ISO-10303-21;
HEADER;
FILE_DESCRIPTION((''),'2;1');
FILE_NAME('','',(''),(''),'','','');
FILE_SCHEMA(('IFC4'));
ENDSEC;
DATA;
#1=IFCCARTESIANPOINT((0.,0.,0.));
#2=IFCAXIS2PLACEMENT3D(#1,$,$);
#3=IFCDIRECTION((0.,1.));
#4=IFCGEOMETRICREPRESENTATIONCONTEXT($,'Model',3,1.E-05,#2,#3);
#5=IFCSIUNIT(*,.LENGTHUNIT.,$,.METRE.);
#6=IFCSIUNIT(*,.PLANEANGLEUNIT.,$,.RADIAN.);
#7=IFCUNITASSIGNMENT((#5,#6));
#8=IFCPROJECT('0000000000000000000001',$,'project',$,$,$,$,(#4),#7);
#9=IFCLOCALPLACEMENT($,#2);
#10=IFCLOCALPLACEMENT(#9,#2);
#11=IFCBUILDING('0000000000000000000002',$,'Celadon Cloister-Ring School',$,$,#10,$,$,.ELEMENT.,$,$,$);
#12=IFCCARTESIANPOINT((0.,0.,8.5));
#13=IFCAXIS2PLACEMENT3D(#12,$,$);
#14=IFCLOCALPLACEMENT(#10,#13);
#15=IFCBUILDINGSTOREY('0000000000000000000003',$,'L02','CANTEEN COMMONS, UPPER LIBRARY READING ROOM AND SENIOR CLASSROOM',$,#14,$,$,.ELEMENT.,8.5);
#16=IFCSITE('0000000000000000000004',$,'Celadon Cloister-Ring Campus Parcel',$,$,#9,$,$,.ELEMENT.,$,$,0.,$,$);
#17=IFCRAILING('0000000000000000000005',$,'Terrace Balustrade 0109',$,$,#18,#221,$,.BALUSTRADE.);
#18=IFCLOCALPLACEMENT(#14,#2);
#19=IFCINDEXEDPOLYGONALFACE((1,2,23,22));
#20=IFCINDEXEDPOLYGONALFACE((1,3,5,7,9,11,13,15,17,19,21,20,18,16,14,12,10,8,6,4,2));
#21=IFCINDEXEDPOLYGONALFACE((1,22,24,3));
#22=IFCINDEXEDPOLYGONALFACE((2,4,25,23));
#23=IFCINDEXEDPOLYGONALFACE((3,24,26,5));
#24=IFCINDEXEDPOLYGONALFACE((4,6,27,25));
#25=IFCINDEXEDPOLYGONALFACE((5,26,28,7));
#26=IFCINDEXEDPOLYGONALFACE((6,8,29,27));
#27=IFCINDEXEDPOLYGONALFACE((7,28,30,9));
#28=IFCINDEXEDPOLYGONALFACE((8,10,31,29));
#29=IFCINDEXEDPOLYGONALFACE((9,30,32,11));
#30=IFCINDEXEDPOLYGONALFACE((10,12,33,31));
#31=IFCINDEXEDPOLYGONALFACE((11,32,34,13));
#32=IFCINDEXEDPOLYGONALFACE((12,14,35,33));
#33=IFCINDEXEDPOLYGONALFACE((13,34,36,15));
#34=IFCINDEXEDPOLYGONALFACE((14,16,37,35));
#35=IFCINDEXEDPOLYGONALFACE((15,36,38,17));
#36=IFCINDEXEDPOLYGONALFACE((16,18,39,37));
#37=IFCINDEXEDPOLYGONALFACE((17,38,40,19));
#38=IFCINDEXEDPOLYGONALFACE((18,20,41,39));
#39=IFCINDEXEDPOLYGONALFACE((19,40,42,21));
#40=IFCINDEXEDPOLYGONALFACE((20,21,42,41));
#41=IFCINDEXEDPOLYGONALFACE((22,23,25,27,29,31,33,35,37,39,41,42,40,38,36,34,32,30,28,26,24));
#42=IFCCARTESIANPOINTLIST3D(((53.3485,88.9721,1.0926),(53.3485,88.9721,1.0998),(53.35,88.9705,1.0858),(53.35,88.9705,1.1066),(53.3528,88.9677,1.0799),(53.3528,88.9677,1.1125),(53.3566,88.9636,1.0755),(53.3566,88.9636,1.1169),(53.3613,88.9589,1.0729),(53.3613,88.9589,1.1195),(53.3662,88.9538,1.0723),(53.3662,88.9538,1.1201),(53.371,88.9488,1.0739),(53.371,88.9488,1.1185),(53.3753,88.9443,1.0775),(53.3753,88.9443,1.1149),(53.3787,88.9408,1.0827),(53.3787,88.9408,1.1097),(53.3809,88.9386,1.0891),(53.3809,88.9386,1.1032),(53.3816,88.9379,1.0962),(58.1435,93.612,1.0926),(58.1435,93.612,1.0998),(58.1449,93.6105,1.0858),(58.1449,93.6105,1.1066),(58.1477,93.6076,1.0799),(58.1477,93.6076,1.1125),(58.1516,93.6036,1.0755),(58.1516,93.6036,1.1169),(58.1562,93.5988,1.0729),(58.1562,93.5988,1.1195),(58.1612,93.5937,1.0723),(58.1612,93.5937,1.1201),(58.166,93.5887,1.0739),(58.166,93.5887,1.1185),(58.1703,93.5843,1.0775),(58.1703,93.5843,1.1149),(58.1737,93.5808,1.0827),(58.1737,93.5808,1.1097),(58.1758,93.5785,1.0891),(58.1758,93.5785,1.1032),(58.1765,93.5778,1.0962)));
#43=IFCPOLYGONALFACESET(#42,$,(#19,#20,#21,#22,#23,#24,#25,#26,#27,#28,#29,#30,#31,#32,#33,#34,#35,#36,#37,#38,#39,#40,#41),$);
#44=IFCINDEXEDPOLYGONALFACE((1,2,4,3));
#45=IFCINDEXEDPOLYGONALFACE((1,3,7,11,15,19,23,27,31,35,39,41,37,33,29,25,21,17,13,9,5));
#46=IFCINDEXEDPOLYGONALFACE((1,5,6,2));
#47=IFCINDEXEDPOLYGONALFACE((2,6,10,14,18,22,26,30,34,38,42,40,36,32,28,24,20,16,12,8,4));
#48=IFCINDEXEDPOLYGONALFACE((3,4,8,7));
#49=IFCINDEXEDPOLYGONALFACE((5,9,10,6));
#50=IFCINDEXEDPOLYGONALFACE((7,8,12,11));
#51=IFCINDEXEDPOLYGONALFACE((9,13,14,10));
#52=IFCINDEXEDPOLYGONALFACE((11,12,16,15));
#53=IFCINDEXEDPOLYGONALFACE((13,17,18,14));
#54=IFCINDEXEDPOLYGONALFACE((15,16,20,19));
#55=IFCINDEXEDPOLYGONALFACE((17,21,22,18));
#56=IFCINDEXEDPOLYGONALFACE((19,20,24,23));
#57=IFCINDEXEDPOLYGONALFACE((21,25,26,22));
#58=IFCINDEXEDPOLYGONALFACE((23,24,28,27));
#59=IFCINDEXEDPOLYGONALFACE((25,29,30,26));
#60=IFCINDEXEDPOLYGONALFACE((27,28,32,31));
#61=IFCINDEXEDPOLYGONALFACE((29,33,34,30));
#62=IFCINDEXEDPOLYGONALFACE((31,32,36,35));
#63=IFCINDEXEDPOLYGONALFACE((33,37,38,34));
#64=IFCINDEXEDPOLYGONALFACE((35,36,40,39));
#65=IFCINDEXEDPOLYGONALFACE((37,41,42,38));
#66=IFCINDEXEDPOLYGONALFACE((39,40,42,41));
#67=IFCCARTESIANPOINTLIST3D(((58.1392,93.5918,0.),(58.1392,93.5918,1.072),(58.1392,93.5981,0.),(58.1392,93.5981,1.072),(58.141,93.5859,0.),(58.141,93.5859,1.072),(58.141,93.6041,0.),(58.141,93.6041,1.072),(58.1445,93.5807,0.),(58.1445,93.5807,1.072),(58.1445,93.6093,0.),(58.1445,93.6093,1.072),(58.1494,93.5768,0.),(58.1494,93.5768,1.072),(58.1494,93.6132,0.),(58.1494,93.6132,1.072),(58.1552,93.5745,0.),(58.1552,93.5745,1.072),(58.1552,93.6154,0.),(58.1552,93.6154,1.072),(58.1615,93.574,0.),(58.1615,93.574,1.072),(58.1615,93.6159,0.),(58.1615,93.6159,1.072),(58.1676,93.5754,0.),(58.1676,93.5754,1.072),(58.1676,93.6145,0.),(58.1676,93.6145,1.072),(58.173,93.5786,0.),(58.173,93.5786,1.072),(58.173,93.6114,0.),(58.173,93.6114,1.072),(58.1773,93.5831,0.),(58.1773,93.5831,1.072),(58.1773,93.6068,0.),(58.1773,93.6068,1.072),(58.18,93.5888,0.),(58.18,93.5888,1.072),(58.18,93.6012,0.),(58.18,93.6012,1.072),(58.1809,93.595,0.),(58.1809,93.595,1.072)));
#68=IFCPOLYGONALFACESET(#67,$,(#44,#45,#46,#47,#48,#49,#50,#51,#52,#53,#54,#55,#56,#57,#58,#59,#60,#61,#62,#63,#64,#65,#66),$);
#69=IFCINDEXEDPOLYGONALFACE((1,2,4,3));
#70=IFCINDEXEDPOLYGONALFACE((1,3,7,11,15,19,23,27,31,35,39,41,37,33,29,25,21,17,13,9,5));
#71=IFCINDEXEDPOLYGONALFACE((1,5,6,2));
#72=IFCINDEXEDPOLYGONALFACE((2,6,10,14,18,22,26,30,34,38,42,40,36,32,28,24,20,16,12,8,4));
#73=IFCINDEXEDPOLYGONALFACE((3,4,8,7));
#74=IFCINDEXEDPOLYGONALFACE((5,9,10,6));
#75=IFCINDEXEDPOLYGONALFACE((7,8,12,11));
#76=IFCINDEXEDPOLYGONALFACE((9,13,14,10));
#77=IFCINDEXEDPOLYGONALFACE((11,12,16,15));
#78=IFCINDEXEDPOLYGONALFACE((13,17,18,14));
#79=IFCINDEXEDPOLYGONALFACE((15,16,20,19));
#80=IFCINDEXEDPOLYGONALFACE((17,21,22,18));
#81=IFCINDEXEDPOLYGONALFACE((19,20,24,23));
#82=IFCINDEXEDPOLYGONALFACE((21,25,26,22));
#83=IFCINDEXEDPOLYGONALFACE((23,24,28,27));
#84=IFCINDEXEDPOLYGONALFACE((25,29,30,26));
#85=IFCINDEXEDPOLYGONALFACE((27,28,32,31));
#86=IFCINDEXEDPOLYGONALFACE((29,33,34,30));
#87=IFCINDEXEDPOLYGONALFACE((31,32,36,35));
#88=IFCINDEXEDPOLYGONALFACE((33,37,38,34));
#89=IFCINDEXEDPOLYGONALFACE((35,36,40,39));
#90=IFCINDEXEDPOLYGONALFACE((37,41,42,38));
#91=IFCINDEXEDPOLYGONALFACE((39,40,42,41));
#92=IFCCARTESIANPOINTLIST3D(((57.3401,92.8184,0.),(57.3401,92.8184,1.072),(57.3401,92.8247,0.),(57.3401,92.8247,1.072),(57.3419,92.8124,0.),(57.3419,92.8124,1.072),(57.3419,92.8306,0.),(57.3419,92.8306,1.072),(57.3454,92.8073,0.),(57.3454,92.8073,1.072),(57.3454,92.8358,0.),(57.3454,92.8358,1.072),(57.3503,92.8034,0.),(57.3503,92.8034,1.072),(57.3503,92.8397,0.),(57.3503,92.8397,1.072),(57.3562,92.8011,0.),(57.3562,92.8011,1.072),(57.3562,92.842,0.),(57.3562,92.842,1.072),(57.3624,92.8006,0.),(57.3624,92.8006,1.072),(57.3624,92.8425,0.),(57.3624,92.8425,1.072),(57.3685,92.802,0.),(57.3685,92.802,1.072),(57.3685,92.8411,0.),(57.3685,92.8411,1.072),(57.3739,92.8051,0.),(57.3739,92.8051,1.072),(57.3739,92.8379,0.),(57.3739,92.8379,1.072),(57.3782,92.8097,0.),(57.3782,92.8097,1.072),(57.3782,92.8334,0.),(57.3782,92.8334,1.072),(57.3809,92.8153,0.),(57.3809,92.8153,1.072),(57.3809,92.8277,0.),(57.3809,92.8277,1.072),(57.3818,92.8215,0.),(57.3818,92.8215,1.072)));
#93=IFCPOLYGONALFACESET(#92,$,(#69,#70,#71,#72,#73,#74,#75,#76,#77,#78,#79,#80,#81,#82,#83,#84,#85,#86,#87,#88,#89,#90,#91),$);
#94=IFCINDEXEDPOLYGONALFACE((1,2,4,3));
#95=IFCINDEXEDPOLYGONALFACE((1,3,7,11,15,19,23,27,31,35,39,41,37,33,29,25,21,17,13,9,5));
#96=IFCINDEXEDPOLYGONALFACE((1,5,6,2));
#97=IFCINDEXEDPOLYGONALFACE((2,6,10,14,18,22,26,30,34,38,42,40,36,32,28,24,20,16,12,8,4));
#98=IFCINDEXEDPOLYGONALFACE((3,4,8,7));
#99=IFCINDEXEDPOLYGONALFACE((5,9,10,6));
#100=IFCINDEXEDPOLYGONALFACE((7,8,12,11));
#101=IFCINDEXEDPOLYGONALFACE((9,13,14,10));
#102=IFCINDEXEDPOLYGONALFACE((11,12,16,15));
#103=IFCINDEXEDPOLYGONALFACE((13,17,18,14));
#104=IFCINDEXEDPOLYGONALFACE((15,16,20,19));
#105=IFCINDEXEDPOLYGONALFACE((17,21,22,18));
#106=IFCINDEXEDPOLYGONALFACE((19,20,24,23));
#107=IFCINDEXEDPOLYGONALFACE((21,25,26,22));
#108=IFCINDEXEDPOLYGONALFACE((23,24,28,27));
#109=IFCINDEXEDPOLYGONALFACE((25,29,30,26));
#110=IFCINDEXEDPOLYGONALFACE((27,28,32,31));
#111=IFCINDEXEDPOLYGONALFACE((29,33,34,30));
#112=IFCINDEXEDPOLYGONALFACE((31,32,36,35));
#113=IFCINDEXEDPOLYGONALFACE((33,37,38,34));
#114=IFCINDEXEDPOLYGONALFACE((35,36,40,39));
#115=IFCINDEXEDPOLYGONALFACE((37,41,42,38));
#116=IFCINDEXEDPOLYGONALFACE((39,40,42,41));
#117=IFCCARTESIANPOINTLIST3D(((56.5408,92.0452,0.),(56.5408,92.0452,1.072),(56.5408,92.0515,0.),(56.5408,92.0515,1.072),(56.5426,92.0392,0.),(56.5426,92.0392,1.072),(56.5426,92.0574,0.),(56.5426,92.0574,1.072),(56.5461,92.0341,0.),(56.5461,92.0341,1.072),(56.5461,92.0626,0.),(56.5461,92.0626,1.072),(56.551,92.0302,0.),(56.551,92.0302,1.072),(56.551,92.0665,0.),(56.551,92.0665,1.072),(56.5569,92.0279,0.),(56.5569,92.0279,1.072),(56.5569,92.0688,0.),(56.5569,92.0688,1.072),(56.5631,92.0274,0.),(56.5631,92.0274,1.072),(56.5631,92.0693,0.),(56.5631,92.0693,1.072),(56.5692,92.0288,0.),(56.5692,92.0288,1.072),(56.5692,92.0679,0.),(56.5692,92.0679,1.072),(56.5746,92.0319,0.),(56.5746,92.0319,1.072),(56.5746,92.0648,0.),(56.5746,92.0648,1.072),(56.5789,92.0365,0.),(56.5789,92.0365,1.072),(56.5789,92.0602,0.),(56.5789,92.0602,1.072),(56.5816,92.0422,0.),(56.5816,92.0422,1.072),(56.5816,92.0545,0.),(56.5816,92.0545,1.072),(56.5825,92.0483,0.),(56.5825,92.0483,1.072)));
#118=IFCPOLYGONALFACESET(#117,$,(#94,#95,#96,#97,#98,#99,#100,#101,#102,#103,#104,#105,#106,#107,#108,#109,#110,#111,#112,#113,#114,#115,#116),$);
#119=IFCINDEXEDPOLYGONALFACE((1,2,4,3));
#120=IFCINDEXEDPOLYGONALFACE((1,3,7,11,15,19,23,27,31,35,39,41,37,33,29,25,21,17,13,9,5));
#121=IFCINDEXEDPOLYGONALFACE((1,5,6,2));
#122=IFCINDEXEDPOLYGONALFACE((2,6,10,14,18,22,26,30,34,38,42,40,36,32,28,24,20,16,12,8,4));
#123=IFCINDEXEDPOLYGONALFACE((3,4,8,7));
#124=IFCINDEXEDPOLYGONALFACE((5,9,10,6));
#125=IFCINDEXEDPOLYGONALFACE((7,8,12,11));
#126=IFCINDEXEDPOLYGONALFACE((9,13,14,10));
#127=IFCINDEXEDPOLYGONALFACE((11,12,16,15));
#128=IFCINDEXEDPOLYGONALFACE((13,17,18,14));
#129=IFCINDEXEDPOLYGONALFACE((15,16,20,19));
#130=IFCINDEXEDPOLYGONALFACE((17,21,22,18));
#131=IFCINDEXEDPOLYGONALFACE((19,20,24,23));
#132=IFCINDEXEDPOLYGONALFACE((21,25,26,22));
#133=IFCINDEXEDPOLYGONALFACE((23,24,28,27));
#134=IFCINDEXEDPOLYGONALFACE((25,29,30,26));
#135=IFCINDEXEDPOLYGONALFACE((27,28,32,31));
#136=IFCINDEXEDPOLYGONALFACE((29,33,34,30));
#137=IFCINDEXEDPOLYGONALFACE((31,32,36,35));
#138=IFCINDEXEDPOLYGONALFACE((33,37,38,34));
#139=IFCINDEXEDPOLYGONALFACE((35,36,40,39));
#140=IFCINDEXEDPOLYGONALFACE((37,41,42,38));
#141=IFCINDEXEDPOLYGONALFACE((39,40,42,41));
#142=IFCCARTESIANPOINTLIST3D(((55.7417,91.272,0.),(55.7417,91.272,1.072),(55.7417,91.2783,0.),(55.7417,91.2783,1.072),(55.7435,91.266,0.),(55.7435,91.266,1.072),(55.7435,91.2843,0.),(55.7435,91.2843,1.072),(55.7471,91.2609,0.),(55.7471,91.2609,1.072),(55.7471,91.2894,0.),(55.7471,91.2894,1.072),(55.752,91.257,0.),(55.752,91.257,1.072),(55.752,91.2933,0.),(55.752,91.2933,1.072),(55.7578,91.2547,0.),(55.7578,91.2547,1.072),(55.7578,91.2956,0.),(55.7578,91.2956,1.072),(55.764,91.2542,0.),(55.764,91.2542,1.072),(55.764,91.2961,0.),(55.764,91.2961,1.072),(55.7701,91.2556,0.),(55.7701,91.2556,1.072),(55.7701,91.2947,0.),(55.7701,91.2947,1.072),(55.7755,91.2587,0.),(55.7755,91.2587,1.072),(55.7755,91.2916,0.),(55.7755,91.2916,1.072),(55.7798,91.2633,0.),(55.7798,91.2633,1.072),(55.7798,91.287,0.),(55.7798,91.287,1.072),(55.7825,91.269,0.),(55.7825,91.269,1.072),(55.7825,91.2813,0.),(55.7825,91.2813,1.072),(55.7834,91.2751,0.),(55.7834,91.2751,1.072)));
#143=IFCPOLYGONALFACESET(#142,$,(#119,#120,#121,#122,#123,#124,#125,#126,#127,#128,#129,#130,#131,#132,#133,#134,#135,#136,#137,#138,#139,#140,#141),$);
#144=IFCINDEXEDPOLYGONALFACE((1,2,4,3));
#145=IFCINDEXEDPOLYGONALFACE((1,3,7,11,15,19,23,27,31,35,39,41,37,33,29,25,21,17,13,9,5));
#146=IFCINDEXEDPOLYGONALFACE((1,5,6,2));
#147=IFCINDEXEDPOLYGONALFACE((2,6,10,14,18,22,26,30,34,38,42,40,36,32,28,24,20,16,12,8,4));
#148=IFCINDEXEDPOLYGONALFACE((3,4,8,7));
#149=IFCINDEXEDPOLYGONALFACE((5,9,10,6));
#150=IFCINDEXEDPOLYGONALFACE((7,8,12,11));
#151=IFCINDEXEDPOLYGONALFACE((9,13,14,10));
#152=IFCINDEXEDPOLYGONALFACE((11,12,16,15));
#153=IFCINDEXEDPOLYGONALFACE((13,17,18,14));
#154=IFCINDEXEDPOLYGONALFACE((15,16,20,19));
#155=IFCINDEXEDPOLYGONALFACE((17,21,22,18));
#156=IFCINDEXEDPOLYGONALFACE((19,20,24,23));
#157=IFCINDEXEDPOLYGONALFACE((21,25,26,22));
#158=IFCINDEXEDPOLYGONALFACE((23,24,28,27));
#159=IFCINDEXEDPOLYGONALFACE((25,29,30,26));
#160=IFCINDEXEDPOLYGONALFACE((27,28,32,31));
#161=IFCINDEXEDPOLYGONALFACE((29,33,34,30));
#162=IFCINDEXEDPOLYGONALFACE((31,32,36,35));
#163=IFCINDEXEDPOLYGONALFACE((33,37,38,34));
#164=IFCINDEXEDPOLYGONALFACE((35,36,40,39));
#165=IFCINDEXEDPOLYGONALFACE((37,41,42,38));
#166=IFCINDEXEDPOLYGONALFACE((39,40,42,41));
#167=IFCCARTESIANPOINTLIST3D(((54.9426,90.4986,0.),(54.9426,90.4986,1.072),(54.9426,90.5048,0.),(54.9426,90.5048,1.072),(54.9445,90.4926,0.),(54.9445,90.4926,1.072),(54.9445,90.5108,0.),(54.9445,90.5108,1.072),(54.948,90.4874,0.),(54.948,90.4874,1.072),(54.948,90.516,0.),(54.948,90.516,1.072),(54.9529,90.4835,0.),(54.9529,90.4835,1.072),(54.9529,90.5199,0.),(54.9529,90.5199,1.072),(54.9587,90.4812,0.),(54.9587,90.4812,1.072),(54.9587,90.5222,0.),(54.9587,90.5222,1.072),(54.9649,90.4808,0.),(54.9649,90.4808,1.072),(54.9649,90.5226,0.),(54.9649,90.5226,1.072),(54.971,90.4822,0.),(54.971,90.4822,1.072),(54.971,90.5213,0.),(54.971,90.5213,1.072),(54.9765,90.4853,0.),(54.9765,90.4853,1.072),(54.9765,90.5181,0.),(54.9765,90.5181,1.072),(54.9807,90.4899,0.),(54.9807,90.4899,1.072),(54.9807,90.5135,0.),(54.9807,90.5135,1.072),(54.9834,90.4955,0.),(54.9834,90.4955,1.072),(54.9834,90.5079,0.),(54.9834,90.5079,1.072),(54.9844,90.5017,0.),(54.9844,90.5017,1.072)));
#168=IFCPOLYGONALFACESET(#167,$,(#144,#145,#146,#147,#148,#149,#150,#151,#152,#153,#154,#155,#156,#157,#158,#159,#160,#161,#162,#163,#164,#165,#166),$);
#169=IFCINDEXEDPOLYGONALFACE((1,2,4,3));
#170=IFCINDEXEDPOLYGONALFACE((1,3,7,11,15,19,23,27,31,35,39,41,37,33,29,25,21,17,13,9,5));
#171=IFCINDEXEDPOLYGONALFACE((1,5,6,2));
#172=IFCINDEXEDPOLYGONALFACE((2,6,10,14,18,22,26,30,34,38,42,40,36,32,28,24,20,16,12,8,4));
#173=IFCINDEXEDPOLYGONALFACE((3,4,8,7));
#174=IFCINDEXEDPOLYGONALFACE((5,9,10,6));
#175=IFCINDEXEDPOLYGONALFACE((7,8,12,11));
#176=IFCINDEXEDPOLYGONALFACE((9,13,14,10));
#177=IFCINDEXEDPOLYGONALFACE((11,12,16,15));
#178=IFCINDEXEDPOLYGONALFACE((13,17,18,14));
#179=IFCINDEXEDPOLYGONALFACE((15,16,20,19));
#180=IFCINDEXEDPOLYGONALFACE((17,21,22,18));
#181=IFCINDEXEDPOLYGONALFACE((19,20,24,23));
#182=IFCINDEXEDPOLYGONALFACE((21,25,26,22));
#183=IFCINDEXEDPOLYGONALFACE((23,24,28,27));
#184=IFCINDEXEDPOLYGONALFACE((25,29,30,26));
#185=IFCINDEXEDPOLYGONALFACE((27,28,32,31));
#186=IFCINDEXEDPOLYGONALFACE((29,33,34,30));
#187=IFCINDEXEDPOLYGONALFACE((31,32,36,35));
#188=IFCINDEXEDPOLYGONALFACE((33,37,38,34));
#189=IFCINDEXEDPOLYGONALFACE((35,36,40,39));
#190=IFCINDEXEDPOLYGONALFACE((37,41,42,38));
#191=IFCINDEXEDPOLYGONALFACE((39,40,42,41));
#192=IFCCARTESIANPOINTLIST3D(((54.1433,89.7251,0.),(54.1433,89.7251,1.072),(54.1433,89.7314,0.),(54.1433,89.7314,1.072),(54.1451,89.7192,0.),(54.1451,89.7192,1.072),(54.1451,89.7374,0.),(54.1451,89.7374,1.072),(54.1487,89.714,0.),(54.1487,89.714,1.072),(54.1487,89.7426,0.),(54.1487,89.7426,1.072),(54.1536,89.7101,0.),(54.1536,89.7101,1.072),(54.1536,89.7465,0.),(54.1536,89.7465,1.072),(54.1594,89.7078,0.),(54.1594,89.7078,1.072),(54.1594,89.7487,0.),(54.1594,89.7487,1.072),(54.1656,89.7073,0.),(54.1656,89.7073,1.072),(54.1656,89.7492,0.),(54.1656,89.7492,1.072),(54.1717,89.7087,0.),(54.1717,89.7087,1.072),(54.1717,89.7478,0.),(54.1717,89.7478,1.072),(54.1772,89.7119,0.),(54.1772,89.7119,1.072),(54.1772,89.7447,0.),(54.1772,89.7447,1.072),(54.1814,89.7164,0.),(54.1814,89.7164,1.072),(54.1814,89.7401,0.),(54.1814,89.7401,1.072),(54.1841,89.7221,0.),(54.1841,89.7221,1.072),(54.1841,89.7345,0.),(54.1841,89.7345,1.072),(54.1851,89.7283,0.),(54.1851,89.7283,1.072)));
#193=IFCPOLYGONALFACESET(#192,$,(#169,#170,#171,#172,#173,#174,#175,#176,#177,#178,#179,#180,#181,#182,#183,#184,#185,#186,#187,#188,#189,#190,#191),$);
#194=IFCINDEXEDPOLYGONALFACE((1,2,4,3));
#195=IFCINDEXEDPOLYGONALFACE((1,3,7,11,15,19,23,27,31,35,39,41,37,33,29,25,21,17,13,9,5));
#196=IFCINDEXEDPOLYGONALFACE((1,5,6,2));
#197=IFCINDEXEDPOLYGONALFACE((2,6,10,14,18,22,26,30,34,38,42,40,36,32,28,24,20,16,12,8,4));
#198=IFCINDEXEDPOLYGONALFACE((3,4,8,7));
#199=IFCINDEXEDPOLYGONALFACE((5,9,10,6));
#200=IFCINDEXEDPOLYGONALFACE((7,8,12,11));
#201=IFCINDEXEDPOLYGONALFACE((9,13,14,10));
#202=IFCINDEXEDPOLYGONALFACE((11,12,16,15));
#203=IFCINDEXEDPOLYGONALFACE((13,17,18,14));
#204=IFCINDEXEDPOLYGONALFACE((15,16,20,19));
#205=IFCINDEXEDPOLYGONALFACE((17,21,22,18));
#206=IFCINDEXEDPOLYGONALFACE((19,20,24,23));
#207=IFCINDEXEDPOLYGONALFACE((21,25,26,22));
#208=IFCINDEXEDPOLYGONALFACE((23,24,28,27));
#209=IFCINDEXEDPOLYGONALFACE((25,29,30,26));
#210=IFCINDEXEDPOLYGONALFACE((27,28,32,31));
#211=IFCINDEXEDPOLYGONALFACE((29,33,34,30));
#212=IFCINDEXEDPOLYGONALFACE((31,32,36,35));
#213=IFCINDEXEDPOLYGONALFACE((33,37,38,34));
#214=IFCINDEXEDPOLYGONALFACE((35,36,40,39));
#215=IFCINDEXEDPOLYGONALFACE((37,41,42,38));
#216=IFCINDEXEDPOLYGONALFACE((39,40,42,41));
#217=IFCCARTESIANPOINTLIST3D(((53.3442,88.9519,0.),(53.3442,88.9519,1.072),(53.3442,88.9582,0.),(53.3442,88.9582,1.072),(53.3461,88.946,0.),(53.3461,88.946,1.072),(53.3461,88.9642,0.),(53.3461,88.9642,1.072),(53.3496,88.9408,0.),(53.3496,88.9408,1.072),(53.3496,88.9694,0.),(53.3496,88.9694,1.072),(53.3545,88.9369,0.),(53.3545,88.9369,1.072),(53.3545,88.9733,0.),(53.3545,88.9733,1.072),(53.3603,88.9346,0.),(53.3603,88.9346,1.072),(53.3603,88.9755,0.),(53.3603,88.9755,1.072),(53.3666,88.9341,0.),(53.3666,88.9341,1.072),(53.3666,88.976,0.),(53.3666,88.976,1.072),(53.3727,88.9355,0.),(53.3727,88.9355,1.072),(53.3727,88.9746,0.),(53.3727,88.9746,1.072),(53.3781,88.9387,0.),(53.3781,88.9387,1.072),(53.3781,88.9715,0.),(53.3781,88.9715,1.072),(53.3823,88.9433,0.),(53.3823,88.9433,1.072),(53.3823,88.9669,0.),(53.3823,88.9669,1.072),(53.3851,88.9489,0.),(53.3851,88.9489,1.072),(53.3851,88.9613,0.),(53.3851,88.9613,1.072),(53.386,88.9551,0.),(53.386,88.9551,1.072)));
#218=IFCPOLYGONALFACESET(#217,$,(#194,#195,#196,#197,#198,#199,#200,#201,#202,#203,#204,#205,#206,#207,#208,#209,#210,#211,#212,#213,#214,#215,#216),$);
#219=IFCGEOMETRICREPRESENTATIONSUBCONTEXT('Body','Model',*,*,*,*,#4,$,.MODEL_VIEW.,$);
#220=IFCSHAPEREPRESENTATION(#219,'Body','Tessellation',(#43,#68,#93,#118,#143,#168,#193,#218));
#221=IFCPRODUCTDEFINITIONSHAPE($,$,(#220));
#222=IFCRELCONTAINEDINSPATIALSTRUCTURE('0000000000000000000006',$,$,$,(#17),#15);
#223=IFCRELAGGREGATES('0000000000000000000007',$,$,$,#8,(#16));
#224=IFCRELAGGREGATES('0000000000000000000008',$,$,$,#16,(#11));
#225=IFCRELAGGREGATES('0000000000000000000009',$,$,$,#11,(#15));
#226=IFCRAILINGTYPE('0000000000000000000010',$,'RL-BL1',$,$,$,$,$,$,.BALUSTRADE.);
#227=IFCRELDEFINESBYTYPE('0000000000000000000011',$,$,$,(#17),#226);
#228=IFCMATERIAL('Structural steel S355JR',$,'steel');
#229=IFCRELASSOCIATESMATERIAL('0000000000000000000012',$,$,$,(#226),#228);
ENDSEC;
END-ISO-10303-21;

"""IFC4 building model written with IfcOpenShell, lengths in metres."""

from ifc_helpers import new_model, si_unit, direction, frame, origin, origin_2d, place, context, subcontext, project, spatial, circle, extrude, material, type_object, element, save


model = new_model("IFC4")

# Units and contexts
model_context = context("Model", 3, precision=1e-05, world=origin(), true_north=direction((0.0, 1.0)))
body_context = subcontext(model_context, "Body", "Model", "MODEL_VIEW")
ifc_project = project(units=[si_unit("LENGTHUNIT", "METRE"), si_unit("PLANEANGLEUNIT", "RADIAN")], contexts=[model_context])

# Site, building, storey
site_placement = place(None, origin())
site = spatial("IfcSite", under=ifc_project, at=site_placement, Name="Celadon Cloister-Ring Campus Parcel", CompositionType="ELEMENT", RefElevation=0.0)
building_placement = place(site_placement, origin())
building = spatial("IfcBuilding", under=site, at=building_placement, Name="Celadon Cloister-Ring School", CompositionType="ELEMENT")
storey_placement = place(building_placement, frame((0.0, 0.0, 8.5)))
storey = spatial("IfcBuildingStorey", under=building, at=storey_placement, Name="L02", Description="CANTEEN COMMONS, UPPER LIBRARY READING ROOM AND SENIOR CLASSROOM", CompositionType="ELEMENT", Elevation=8.5)

# Railing
ifc_material_1 = material(Name="Structural steel S355JR", Category="steel")
railing_type = type_object("IfcRailingType", Name="RL-BL1", PredefinedType="BALUSTRADE", material=ifc_material_1)
railing_1_placement = place(storey_placement, frame((58.1599, 93.595, 0.0)))
element("IfcRailing", 1, at=railing_1_placement, inside=storey, type_object=railing_type, Name="Terrace Balustrade 0109", PredefinedType="BALUSTRADE", context=body_context, shape_type="SweptSolid", body=[
    extrude(circle(Radius=0.0239, at=origin_2d()), frame((0.0, 0.0, 1.0962), z_axis=(-0.718629, -0.695394, 0.0), x_axis=(0.695394, -0.718629, 0.0)), (0.0, 0.0, 1.0), 6.6724),
    extrude(circle(Radius=0.021, at=origin_2d()), origin(), (0.0, 0.0, 1.0), 1.072),
    extrude(circle(Radius=0.021, at=origin_2d()), frame((-0.7991, -0.7734, 0.0)), (0.0, 0.0, 1.0), 1.072),
    extrude(circle(Radius=0.021, at=origin_2d()), frame((-1.5984, -1.5466, 0.0)), (0.0, 0.0, 1.0), 1.072),
    extrude(circle(Radius=0.021, at=origin_2d()), frame((-2.3975, -2.3198, 0.0)), (0.0, 0.0, 1.0), 1.072),
    extrude(circle(Radius=0.021, at=origin_2d()), frame((-3.1965, -3.0933, 0.0)), (0.0, 0.0, 1.0), 1.072),
    extrude(circle(Radius=0.021, at=origin_2d()), frame((-3.9958, -3.8667, 0.0)), (0.0, 0.0, 1.0), 1.072),
    extrude(circle(Radius=0.021, at=origin_2d()), frame((-4.7949, -4.6399, 0.0)), (0.0, 0.0, 1.0), 1.072),
])

save(model, "model.ifc")
